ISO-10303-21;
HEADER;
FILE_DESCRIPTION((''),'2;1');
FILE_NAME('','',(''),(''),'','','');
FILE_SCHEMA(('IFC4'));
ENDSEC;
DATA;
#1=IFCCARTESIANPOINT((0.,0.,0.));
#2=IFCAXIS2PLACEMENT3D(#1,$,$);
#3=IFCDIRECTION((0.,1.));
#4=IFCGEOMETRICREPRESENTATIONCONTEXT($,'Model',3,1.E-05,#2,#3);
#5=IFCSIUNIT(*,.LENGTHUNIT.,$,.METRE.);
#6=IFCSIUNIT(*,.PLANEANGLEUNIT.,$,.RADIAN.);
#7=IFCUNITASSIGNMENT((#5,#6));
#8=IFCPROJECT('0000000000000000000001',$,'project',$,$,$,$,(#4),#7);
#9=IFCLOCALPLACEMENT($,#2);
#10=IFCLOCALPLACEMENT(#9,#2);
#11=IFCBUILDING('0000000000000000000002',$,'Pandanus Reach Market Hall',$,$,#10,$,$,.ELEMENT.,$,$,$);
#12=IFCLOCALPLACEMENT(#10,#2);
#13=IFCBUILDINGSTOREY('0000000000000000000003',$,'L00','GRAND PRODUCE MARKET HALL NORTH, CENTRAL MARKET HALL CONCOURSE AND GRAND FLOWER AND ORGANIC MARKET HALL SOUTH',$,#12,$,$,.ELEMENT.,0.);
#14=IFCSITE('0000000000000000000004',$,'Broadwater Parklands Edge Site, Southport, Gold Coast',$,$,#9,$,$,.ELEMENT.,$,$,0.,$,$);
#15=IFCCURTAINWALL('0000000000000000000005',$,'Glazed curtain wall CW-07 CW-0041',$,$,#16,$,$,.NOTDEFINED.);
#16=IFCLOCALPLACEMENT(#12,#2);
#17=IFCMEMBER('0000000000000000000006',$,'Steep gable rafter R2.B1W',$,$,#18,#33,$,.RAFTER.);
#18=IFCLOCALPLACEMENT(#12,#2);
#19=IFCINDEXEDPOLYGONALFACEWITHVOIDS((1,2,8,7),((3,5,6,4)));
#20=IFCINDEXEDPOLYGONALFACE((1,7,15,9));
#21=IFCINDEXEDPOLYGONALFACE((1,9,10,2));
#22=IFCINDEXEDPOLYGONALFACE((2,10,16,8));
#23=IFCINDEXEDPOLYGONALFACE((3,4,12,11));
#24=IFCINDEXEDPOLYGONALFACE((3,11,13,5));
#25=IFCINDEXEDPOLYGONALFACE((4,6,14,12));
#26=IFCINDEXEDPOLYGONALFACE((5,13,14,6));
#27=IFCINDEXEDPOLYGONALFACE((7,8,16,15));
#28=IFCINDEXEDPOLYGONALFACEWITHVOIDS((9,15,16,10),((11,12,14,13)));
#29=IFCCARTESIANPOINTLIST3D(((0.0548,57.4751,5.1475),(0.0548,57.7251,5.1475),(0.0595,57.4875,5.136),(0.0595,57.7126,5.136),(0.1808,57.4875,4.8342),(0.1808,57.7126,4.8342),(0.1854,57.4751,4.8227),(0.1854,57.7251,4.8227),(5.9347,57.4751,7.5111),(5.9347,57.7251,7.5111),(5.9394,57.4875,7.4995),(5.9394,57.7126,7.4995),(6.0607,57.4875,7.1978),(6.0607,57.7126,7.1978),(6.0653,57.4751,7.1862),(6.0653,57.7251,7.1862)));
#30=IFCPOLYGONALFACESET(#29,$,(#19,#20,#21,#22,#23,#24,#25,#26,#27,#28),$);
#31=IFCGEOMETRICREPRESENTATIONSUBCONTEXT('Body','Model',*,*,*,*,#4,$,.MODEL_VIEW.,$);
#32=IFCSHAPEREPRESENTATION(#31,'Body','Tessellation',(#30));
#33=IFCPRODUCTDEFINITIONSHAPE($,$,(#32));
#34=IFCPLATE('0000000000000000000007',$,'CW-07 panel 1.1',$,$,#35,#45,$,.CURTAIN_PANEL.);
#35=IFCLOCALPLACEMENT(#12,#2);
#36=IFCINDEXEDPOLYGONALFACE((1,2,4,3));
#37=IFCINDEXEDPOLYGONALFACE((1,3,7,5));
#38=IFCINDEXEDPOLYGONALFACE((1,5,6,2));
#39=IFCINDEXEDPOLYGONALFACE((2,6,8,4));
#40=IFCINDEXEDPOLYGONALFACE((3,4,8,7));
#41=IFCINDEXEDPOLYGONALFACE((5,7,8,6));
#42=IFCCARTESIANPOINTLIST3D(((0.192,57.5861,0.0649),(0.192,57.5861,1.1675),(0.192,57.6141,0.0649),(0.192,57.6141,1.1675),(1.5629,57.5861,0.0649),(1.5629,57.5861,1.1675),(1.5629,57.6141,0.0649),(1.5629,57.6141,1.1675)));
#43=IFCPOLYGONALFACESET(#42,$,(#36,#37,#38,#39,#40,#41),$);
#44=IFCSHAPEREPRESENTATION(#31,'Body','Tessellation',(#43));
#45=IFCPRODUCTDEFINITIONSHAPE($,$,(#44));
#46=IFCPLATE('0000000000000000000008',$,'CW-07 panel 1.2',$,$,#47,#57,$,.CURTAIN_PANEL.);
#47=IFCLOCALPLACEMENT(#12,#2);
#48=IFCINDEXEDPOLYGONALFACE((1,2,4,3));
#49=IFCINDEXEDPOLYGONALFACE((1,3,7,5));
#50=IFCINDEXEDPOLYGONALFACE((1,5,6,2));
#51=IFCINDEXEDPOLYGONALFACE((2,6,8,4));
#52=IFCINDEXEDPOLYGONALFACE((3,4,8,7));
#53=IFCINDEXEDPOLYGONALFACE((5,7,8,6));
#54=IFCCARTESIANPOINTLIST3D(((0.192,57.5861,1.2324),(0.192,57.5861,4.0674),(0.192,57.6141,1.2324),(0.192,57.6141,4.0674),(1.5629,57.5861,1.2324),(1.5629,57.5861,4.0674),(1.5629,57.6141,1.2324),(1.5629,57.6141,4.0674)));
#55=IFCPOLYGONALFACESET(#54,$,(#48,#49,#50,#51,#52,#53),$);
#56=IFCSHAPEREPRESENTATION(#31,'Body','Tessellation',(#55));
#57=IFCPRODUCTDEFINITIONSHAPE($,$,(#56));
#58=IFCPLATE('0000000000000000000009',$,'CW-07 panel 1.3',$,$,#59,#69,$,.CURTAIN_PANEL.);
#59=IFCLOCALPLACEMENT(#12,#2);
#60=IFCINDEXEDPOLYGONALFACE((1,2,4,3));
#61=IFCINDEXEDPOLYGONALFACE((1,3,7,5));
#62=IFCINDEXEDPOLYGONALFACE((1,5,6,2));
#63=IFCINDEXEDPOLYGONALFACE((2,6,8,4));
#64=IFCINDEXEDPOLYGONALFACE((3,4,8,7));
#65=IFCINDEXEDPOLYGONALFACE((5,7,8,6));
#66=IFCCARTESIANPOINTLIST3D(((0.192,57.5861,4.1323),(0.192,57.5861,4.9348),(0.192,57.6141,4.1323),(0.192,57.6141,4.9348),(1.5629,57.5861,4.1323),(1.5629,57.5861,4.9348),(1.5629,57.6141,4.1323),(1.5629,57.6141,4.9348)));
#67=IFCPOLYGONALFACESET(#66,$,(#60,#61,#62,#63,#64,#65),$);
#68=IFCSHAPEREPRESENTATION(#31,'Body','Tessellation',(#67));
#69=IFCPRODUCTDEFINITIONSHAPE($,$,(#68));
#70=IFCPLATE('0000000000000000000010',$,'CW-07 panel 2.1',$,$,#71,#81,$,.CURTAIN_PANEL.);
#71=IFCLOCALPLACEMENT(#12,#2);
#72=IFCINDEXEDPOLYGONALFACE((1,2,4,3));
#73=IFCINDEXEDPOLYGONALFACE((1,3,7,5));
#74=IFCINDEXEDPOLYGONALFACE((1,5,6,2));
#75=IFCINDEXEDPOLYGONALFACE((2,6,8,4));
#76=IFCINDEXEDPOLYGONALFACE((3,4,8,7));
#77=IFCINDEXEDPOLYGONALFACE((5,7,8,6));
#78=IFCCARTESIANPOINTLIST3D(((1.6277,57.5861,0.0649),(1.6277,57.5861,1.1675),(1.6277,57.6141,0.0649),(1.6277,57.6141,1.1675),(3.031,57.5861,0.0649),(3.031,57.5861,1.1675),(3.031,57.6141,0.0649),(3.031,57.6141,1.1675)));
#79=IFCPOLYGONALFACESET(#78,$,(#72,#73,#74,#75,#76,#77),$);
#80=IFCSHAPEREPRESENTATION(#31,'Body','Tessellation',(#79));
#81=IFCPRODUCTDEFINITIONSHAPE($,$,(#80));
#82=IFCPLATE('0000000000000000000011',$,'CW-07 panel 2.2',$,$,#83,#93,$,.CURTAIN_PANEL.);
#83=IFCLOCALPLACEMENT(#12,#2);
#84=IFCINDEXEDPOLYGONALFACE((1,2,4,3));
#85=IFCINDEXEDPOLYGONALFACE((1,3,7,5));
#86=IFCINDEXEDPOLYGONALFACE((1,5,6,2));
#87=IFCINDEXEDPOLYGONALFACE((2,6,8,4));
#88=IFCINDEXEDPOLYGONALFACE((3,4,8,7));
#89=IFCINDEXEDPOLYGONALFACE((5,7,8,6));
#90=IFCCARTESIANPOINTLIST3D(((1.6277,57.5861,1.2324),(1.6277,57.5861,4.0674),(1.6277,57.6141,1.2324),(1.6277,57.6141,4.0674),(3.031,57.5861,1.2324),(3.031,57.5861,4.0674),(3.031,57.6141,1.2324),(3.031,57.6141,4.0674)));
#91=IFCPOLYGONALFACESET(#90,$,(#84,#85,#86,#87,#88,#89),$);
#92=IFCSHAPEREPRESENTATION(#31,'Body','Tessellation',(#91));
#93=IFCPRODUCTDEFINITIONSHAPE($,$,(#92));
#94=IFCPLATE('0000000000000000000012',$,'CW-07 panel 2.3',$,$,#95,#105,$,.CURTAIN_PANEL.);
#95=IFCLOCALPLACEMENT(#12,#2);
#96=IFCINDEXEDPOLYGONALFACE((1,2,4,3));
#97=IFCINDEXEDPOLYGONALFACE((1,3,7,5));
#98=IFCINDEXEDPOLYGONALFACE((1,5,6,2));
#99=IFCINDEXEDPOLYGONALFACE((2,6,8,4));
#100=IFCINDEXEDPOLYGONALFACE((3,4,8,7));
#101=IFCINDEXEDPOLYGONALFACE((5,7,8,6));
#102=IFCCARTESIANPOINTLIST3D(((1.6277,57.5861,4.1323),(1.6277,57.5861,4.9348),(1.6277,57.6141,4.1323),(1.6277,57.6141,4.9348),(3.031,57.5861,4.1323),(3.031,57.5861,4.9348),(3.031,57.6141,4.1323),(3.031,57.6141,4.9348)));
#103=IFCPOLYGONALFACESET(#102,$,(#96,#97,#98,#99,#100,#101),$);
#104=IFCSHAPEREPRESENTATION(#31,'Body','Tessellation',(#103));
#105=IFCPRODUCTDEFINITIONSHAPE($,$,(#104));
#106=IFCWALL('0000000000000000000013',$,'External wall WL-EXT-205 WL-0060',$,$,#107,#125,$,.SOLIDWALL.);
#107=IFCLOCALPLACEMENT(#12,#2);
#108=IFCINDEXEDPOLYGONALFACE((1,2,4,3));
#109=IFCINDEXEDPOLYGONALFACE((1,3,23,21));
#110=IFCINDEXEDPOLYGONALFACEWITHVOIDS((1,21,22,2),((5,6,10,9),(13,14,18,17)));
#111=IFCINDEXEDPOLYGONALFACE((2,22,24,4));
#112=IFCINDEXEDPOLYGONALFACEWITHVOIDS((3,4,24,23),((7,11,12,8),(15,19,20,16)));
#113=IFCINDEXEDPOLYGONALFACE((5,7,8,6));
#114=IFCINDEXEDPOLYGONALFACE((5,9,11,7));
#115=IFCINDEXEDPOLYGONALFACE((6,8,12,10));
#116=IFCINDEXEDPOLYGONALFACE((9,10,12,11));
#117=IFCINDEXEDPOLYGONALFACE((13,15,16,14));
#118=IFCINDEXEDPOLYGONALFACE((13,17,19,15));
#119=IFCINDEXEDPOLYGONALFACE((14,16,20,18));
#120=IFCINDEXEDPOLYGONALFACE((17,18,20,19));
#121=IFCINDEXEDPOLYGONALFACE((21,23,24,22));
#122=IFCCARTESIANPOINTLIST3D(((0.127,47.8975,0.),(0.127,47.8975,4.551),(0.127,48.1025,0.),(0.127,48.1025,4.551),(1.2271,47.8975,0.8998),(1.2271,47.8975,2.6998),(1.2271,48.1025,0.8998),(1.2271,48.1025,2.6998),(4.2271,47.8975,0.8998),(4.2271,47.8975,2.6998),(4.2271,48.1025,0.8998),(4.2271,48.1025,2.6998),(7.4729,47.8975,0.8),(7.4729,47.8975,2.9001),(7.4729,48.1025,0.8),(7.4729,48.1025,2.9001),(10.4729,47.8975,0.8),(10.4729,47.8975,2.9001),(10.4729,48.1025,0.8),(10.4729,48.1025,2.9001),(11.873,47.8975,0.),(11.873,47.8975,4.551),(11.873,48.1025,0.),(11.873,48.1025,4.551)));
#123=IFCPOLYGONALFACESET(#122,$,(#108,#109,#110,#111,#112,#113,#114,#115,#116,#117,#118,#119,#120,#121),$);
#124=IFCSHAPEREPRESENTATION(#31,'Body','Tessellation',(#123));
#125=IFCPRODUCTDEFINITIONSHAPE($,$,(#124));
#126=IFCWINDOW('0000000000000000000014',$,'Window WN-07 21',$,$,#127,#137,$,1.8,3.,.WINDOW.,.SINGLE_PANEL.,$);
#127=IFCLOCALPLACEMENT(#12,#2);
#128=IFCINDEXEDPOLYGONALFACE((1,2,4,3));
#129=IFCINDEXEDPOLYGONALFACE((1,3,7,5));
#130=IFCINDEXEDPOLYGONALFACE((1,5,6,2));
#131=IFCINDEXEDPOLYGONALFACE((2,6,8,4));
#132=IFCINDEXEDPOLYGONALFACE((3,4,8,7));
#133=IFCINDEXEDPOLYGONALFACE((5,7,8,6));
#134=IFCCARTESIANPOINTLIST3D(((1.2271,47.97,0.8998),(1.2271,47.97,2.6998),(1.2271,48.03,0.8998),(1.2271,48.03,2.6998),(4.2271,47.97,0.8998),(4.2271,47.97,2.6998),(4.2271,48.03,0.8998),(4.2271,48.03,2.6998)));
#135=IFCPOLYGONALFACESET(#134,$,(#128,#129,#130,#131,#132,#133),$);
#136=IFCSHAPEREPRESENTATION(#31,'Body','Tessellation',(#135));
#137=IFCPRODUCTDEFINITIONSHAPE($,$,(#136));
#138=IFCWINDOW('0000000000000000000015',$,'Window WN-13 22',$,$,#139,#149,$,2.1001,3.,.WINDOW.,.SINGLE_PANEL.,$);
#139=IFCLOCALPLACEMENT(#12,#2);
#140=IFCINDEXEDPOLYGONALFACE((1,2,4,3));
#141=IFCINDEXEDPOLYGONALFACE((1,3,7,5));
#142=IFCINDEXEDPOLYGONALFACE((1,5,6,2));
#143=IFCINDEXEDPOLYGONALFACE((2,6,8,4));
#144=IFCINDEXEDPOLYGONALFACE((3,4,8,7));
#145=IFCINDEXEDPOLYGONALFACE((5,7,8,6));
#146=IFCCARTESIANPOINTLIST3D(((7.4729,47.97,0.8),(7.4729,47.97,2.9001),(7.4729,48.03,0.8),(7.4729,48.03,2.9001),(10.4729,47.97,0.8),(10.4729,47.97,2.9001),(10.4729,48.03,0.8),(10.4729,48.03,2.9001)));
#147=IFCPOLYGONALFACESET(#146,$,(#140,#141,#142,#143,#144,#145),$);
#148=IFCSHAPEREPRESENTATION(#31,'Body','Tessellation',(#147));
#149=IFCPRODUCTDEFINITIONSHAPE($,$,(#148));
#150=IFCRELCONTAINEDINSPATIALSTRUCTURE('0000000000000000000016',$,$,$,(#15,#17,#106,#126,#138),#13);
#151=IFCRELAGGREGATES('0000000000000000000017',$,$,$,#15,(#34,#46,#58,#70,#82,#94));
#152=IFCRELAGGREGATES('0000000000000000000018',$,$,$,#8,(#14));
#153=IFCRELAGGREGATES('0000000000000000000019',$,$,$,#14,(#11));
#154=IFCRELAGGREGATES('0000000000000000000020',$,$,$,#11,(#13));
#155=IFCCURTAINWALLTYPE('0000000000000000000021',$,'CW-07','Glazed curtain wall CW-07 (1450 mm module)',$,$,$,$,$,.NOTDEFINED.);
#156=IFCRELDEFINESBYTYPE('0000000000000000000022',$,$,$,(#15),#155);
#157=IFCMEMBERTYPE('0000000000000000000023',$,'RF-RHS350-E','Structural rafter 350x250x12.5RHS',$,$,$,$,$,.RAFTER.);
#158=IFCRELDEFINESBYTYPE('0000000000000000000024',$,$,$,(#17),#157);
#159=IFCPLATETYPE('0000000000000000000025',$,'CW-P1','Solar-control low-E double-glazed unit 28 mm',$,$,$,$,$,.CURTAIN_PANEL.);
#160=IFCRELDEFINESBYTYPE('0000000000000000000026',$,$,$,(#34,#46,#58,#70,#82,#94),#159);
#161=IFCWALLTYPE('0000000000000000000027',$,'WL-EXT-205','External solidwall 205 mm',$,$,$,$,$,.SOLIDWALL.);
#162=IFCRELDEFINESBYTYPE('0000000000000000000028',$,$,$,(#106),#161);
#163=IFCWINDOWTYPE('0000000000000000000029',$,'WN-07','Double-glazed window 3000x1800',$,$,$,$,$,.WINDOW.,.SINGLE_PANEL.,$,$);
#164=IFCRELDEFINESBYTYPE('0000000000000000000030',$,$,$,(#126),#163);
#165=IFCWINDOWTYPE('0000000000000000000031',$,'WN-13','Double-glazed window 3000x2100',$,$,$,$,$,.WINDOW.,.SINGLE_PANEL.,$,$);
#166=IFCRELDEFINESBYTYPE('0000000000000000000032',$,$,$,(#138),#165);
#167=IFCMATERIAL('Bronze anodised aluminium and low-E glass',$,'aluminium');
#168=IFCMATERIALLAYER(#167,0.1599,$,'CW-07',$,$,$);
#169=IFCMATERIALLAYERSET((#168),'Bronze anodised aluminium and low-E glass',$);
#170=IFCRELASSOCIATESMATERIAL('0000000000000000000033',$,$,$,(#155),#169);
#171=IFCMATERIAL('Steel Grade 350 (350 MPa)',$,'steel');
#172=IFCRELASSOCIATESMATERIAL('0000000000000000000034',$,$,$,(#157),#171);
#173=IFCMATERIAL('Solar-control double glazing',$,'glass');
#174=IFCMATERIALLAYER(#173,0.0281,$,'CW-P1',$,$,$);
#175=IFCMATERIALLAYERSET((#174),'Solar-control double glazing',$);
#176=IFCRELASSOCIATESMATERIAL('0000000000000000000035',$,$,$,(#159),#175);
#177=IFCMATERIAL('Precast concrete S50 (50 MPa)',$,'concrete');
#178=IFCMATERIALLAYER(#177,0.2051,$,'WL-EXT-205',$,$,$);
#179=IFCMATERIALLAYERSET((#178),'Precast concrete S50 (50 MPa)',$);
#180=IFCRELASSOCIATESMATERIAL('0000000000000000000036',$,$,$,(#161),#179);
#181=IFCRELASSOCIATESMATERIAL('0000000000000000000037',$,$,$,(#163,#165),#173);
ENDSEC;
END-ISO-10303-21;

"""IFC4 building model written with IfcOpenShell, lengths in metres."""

from ifc_helpers import new_model, si_unit, direction, frame, frame_2d, origin, origin_2d, place, context, subcontext, project, spatial, rectangle, hollow_rectangle, extrude, material, layer, layer_set, material_profile, profile_set, type_object, element, fill, aggregate, save


model = new_model("IFC4")

# Units and contexts
model_context = context("Model", 3, precision=1e-05, world=origin(), true_north=direction((0.0, 1.0)))
body_context = subcontext(model_context, "Body", "Model", "MODEL_VIEW")
ifc_project = project(units=[si_unit("LENGTHUNIT", "METRE"), si_unit("PLANEANGLEUNIT", "RADIAN")], contexts=[model_context])

# Site, building, storey
site_placement = place(None, origin())
site = spatial("IfcSite", under=ifc_project, at=site_placement, Name="Broadwater Parklands Edge Site, Southport, Gold Coast", CompositionType="ELEMENT", RefElevation=0.0)
building_placement = place(site_placement, origin())
building = spatial("IfcBuilding", under=site, at=building_placement, Name="Pandanus Reach Market Hall", CompositionType="ELEMENT")
storey_placement = place(building_placement, origin())
storey = spatial("IfcBuildingStorey", under=building, at=storey_placement, Name="L00", Description="GRAND PRODUCE MARKET HALL NORTH, CENTRAL MARKET HALL CONCOURSE AND GRAND FLOWER AND ORGANIC MARKET HALL SOUTH", CompositionType="ELEMENT", Elevation=0.0)

# Shared definitions
ifc_material_1 = material(Name="Steel Grade 350 (350 MPa)", Category="steel")
ifc_material_2 = material(Name="Precast concrete S50 (50 MPa)", Category="concrete")

# Curtain wall
ifc_material_3 = material(Name="Bronze anodised aluminium and low-E glass", Category="aluminium")
ifc_layer_1 = layer(ifc_material_3, 0.1599, Name="CW-07")
ifc_layer_set_1 = layer_set([ifc_layer_1], Name="Bronze anodised aluminium and low-E glass")
curtain_wall_type = type_object("IfcCurtainWallType", Name="CW-07", Description="Glazed curtain wall CW-07 (1450 mm module)", PredefinedType="NOTDEFINED", material=ifc_layer_set_1)
curtain_wall_placement = place(storey_placement, origin())
curtain_wall = element("IfcCurtainWall", 1, at=curtain_wall_placement, inside=storey, type_object=curtain_wall_type, Name="Glazed curtain wall CW-07 CW-0041", PredefinedType="NOTDEFINED")

# Member
ifc_material_profile_1 = material_profile(ifc_material_1, hollow_rectangle(XDim=0.25, YDim=0.3501, WallThickness=0.0125, at=origin_2d()), Name="350x250x12.5RHS", Category="LoadBearing")
ifc_profile_set_1 = profile_set([ifc_material_profile_1], Name="Steel Grade 350 (350 MPa)")
member_type_1 = type_object("IfcMemberType", Name="RF-RHS350-E", Description="Structural rafter 350x250x12.5RHS", PredefinedType="RAFTER", material=ifc_profile_set_1)
for number, where, z_axis, x_axis, name in (
    (2, (0.1201, 57.6001, 4.9851), (0.927846, 0.0, 0.372964), (0.0, 1.0, 0.0), "Steep gable rafter R2.B1W"),
):
    element("IfcMember", number, at=place(storey_placement, frame(where, z_axis=z_axis, x_axis=x_axis)), inside=storey, type_object=member_type_1, Name=name, PredefinedType="RAFTER", context=body_context, shape_type="SweptSolid", body=[
        extrude(hollow_rectangle(XDim=0.25, YDim=0.3501, WallThickness=0.0125, at=origin_2d()), origin(), (0.0, 0.0, 1.0), 6.3372),
    ])

# Plates
ifc_material_4 = material(Name="Solar-control double glazing", Category="glass")
ifc_layer_2 = layer(ifc_material_4, 0.0281, Name="CW-P1")
ifc_layer_set_2 = layer_set([ifc_layer_2], Name="Solar-control double glazing")
plate_type = type_object("IfcPlateType", Name="CW-P1", Description="Solar-control low-E double-glazed unit 28 mm", PredefinedType="CURTAIN_PANEL", material=ifc_layer_set_2)
plate_1_placement = place(storey_placement, frame((0.8774, 57.6001, 0.0649), z_axis=(0.0, 0.0, 1.0), x_axis=(1.0, 0.0, 0.0)))
plate_1 = element("IfcPlate", 3, at=plate_1_placement, type_object=plate_type, Name="CW-07 panel 1.1", PredefinedType="CURTAIN_PANEL", context=body_context, shape_type="SweptSolid", body=[
    extrude(rectangle(XDim=1.3708, YDim=0.0281, at=origin_2d()), origin(), (0.0, 0.0, 1.0), 1.1025),
])
plate_2_placement = place(storey_placement, frame((0.8774, 57.6001, 1.2324), z_axis=(0.0, 0.0, 1.0), x_axis=(1.0, 0.0, 0.0)))
plate_2 = element("IfcPlate", 4, at=plate_2_placement, type_object=plate_type, Name="CW-07 panel 1.2", PredefinedType="CURTAIN_PANEL", context=body_context, shape_type="SweptSolid", body=[
    extrude(rectangle(XDim=1.3708, YDim=0.0281, at=origin_2d()), origin(), (0.0, 0.0, 1.0), 2.835),
])
plate_3_placement = place(storey_placement, frame((0.8774, 57.6001, 4.1323), z_axis=(0.0, 0.0, 1.0), x_axis=(1.0, 0.0, 0.0)))
plate_3 = element("IfcPlate", 5, at=plate_3_placement, type_object=plate_type, Name="CW-07 panel 1.3", PredefinedType="CURTAIN_PANEL", context=body_context, shape_type="SweptSolid", body=[
    extrude(rectangle(XDim=1.3708, YDim=0.0281, at=origin_2d()), origin(), (0.0, 0.0, 1.0), 0.8025),
])
plate_4_placement = place(storey_placement, frame((2.3293, 57.6001, 0.0649), z_axis=(0.0, 0.0, 1.0), x_axis=(1.0, 0.0, 0.0)))
plate_4 = element("IfcPlate", 6, at=plate_4_placement, type_object=plate_type, Name="CW-07 panel 2.1", PredefinedType="CURTAIN_PANEL", context=body_context, shape_type="SweptSolid", body=[
    extrude(rectangle(XDim=1.4033, YDim=0.0281, at=origin_2d()), origin(), (0.0, 0.0, 1.0), 1.1025),
])
plate_5_placement = place(storey_placement, frame((2.3293, 57.6001, 1.2324), z_axis=(0.0, 0.0, 1.0), x_axis=(1.0, 0.0, 0.0)))
plate_5 = element("IfcPlate", 7, at=plate_5_placement, type_object=plate_type, Name="CW-07 panel 2.2", PredefinedType="CURTAIN_PANEL", context=body_context, shape_type="SweptSolid", body=[
    extrude(rectangle(XDim=1.4033, YDim=0.0281, at=origin_2d()), origin(), (0.0, 0.0, 1.0), 2.835),
])
plate_6_placement = place(storey_placement, frame((2.3293, 57.6001, 4.1323), z_axis=(0.0, 0.0, 1.0), x_axis=(1.0, 0.0, 0.0)))
plate_6 = element("IfcPlate", 8, at=plate_6_placement, type_object=plate_type, Name="CW-07 panel 2.3", PredefinedType="CURTAIN_PANEL", context=body_context, shape_type="SweptSolid", body=[
    extrude(rectangle(XDim=1.4033, YDim=0.0281, at=origin_2d()), origin(), (0.0, 0.0, 1.0), 0.8025),
])
aggregate(curtain_wall, [plate_1, plate_2, plate_3, plate_4, plate_5, plate_6])

# Wall, openings, windows
ifc_layer_3 = layer(ifc_material_2, 0.2051, Name="WL-EXT-205")
ifc_layer_set_3 = layer_set([ifc_layer_3], Name="Precast concrete S50 (50 MPa)")
wall_type = type_object("IfcWallType", Name="WL-EXT-205", Description="External solidwall 205 mm", PredefinedType="SOLIDWALL", material=ifc_layer_set_3)
wall_placement = place(storey_placement, frame((0.127, 48.0, 0.0), z_axis=(0.0, 0.0, 1.0), x_axis=(1.0, 0.0, 0.0)))
wall = element("IfcWall", 9, at=wall_placement, inside=storey, type_object=wall_type, Name="External wall WL-EXT-205 WL-0060", PredefinedType="SOLIDWALL", context=body_context, shape_type="SweptSolid", body=[
    extrude(rectangle(XDim=11.7461, YDim=0.2051, at=frame_2d((5.873, 0.0))), origin(), (0.0, 0.0, 1.0), 4.551),
])
opening_1_placement = place(wall_placement, frame((1.1001, 0.0, 0.8999)))
opening_1 = element("IfcOpeningElement", 10, at=opening_1_placement, cuts=wall, PredefinedType="OPENING", context=body_context, shape_type="SweptSolid", body=[
    extrude(rectangle(XDim=3.0, YDim=1.8, at=frame_2d((1.5, 0.8999))), frame((0.0, 0.1174, 0.0), z_axis=(0.0, -1.0, 0.0), x_axis=(1.0, 0.0, 0.0)), (0.0, 0.0, 1.0), 0.2351),
])
opening_2_placement = place(wall_placement, frame((7.3459, 0.0, 0.8)))
opening_2 = element("IfcOpeningElement", 11, at=opening_2_placement, cuts=wall, PredefinedType="OPENING", context=body_context, shape_type="SweptSolid", body=[
    extrude(rectangle(XDim=3.0, YDim=2.1001, at=frame_2d((1.5, 1.05))), frame((0.0, 0.1174, 0.0), z_axis=(0.0, -1.0, 0.0), x_axis=(1.0, 0.0, 0.0)), (0.0, 0.0, 1.0), 0.2351),
])
window_type_1 = type_object("IfcWindowType", Name="WN-07", Description="Double-glazed window 3000x1800", PartitioningType="SINGLE_PANEL", PredefinedType="WINDOW", material=ifc_material_4)
window_1_placement = place(opening_1_placement, origin())
window_1 = element("IfcWindow", 12, at=window_1_placement, inside=storey, type_object=window_type_1, Name="Window WN-07 21", OverallHeight=1.8, OverallWidth=3.0, PartitioningType="SINGLE_PANEL", PredefinedType="WINDOW", context=body_context, shape_type="SweptSolid", body=[
    extrude(rectangle(XDim=3.0, YDim=1.8, at=frame_2d((1.5, 0.8999))), frame((0.0, 0.03, 0.0), z_axis=(0.0, -1.0, 0.0), x_axis=(1.0, 0.0, 0.0)), (0.0, 0.0, 1.0), 0.0601),
])
fill(opening_1, window_1)
window_type_2 = type_object("IfcWindowType", Name="WN-13", Description="Double-glazed window 3000x2100", PartitioningType="SINGLE_PANEL", PredefinedType="WINDOW", material=ifc_material_4)
window_2_placement = place(opening_2_placement, origin())
window_2 = element("IfcWindow", 13, at=window_2_placement, inside=storey, type_object=window_type_2, Name="Window WN-13 22", OverallHeight=2.1001, OverallWidth=3.0, PartitioningType="SINGLE_PANEL", PredefinedType="WINDOW", context=body_context, shape_type="SweptSolid", body=[
    extrude(rectangle(XDim=3.0, YDim=2.1001, at=frame_2d((1.5, 1.05))), frame((0.0, 0.03, 0.0), z_axis=(0.0, -1.0, 0.0), x_axis=(1.0, 0.0, 0.0)), (0.0, 0.0, 1.0), 0.0601),
])
fill(opening_2, window_2)

save(model, "model.ifc")
